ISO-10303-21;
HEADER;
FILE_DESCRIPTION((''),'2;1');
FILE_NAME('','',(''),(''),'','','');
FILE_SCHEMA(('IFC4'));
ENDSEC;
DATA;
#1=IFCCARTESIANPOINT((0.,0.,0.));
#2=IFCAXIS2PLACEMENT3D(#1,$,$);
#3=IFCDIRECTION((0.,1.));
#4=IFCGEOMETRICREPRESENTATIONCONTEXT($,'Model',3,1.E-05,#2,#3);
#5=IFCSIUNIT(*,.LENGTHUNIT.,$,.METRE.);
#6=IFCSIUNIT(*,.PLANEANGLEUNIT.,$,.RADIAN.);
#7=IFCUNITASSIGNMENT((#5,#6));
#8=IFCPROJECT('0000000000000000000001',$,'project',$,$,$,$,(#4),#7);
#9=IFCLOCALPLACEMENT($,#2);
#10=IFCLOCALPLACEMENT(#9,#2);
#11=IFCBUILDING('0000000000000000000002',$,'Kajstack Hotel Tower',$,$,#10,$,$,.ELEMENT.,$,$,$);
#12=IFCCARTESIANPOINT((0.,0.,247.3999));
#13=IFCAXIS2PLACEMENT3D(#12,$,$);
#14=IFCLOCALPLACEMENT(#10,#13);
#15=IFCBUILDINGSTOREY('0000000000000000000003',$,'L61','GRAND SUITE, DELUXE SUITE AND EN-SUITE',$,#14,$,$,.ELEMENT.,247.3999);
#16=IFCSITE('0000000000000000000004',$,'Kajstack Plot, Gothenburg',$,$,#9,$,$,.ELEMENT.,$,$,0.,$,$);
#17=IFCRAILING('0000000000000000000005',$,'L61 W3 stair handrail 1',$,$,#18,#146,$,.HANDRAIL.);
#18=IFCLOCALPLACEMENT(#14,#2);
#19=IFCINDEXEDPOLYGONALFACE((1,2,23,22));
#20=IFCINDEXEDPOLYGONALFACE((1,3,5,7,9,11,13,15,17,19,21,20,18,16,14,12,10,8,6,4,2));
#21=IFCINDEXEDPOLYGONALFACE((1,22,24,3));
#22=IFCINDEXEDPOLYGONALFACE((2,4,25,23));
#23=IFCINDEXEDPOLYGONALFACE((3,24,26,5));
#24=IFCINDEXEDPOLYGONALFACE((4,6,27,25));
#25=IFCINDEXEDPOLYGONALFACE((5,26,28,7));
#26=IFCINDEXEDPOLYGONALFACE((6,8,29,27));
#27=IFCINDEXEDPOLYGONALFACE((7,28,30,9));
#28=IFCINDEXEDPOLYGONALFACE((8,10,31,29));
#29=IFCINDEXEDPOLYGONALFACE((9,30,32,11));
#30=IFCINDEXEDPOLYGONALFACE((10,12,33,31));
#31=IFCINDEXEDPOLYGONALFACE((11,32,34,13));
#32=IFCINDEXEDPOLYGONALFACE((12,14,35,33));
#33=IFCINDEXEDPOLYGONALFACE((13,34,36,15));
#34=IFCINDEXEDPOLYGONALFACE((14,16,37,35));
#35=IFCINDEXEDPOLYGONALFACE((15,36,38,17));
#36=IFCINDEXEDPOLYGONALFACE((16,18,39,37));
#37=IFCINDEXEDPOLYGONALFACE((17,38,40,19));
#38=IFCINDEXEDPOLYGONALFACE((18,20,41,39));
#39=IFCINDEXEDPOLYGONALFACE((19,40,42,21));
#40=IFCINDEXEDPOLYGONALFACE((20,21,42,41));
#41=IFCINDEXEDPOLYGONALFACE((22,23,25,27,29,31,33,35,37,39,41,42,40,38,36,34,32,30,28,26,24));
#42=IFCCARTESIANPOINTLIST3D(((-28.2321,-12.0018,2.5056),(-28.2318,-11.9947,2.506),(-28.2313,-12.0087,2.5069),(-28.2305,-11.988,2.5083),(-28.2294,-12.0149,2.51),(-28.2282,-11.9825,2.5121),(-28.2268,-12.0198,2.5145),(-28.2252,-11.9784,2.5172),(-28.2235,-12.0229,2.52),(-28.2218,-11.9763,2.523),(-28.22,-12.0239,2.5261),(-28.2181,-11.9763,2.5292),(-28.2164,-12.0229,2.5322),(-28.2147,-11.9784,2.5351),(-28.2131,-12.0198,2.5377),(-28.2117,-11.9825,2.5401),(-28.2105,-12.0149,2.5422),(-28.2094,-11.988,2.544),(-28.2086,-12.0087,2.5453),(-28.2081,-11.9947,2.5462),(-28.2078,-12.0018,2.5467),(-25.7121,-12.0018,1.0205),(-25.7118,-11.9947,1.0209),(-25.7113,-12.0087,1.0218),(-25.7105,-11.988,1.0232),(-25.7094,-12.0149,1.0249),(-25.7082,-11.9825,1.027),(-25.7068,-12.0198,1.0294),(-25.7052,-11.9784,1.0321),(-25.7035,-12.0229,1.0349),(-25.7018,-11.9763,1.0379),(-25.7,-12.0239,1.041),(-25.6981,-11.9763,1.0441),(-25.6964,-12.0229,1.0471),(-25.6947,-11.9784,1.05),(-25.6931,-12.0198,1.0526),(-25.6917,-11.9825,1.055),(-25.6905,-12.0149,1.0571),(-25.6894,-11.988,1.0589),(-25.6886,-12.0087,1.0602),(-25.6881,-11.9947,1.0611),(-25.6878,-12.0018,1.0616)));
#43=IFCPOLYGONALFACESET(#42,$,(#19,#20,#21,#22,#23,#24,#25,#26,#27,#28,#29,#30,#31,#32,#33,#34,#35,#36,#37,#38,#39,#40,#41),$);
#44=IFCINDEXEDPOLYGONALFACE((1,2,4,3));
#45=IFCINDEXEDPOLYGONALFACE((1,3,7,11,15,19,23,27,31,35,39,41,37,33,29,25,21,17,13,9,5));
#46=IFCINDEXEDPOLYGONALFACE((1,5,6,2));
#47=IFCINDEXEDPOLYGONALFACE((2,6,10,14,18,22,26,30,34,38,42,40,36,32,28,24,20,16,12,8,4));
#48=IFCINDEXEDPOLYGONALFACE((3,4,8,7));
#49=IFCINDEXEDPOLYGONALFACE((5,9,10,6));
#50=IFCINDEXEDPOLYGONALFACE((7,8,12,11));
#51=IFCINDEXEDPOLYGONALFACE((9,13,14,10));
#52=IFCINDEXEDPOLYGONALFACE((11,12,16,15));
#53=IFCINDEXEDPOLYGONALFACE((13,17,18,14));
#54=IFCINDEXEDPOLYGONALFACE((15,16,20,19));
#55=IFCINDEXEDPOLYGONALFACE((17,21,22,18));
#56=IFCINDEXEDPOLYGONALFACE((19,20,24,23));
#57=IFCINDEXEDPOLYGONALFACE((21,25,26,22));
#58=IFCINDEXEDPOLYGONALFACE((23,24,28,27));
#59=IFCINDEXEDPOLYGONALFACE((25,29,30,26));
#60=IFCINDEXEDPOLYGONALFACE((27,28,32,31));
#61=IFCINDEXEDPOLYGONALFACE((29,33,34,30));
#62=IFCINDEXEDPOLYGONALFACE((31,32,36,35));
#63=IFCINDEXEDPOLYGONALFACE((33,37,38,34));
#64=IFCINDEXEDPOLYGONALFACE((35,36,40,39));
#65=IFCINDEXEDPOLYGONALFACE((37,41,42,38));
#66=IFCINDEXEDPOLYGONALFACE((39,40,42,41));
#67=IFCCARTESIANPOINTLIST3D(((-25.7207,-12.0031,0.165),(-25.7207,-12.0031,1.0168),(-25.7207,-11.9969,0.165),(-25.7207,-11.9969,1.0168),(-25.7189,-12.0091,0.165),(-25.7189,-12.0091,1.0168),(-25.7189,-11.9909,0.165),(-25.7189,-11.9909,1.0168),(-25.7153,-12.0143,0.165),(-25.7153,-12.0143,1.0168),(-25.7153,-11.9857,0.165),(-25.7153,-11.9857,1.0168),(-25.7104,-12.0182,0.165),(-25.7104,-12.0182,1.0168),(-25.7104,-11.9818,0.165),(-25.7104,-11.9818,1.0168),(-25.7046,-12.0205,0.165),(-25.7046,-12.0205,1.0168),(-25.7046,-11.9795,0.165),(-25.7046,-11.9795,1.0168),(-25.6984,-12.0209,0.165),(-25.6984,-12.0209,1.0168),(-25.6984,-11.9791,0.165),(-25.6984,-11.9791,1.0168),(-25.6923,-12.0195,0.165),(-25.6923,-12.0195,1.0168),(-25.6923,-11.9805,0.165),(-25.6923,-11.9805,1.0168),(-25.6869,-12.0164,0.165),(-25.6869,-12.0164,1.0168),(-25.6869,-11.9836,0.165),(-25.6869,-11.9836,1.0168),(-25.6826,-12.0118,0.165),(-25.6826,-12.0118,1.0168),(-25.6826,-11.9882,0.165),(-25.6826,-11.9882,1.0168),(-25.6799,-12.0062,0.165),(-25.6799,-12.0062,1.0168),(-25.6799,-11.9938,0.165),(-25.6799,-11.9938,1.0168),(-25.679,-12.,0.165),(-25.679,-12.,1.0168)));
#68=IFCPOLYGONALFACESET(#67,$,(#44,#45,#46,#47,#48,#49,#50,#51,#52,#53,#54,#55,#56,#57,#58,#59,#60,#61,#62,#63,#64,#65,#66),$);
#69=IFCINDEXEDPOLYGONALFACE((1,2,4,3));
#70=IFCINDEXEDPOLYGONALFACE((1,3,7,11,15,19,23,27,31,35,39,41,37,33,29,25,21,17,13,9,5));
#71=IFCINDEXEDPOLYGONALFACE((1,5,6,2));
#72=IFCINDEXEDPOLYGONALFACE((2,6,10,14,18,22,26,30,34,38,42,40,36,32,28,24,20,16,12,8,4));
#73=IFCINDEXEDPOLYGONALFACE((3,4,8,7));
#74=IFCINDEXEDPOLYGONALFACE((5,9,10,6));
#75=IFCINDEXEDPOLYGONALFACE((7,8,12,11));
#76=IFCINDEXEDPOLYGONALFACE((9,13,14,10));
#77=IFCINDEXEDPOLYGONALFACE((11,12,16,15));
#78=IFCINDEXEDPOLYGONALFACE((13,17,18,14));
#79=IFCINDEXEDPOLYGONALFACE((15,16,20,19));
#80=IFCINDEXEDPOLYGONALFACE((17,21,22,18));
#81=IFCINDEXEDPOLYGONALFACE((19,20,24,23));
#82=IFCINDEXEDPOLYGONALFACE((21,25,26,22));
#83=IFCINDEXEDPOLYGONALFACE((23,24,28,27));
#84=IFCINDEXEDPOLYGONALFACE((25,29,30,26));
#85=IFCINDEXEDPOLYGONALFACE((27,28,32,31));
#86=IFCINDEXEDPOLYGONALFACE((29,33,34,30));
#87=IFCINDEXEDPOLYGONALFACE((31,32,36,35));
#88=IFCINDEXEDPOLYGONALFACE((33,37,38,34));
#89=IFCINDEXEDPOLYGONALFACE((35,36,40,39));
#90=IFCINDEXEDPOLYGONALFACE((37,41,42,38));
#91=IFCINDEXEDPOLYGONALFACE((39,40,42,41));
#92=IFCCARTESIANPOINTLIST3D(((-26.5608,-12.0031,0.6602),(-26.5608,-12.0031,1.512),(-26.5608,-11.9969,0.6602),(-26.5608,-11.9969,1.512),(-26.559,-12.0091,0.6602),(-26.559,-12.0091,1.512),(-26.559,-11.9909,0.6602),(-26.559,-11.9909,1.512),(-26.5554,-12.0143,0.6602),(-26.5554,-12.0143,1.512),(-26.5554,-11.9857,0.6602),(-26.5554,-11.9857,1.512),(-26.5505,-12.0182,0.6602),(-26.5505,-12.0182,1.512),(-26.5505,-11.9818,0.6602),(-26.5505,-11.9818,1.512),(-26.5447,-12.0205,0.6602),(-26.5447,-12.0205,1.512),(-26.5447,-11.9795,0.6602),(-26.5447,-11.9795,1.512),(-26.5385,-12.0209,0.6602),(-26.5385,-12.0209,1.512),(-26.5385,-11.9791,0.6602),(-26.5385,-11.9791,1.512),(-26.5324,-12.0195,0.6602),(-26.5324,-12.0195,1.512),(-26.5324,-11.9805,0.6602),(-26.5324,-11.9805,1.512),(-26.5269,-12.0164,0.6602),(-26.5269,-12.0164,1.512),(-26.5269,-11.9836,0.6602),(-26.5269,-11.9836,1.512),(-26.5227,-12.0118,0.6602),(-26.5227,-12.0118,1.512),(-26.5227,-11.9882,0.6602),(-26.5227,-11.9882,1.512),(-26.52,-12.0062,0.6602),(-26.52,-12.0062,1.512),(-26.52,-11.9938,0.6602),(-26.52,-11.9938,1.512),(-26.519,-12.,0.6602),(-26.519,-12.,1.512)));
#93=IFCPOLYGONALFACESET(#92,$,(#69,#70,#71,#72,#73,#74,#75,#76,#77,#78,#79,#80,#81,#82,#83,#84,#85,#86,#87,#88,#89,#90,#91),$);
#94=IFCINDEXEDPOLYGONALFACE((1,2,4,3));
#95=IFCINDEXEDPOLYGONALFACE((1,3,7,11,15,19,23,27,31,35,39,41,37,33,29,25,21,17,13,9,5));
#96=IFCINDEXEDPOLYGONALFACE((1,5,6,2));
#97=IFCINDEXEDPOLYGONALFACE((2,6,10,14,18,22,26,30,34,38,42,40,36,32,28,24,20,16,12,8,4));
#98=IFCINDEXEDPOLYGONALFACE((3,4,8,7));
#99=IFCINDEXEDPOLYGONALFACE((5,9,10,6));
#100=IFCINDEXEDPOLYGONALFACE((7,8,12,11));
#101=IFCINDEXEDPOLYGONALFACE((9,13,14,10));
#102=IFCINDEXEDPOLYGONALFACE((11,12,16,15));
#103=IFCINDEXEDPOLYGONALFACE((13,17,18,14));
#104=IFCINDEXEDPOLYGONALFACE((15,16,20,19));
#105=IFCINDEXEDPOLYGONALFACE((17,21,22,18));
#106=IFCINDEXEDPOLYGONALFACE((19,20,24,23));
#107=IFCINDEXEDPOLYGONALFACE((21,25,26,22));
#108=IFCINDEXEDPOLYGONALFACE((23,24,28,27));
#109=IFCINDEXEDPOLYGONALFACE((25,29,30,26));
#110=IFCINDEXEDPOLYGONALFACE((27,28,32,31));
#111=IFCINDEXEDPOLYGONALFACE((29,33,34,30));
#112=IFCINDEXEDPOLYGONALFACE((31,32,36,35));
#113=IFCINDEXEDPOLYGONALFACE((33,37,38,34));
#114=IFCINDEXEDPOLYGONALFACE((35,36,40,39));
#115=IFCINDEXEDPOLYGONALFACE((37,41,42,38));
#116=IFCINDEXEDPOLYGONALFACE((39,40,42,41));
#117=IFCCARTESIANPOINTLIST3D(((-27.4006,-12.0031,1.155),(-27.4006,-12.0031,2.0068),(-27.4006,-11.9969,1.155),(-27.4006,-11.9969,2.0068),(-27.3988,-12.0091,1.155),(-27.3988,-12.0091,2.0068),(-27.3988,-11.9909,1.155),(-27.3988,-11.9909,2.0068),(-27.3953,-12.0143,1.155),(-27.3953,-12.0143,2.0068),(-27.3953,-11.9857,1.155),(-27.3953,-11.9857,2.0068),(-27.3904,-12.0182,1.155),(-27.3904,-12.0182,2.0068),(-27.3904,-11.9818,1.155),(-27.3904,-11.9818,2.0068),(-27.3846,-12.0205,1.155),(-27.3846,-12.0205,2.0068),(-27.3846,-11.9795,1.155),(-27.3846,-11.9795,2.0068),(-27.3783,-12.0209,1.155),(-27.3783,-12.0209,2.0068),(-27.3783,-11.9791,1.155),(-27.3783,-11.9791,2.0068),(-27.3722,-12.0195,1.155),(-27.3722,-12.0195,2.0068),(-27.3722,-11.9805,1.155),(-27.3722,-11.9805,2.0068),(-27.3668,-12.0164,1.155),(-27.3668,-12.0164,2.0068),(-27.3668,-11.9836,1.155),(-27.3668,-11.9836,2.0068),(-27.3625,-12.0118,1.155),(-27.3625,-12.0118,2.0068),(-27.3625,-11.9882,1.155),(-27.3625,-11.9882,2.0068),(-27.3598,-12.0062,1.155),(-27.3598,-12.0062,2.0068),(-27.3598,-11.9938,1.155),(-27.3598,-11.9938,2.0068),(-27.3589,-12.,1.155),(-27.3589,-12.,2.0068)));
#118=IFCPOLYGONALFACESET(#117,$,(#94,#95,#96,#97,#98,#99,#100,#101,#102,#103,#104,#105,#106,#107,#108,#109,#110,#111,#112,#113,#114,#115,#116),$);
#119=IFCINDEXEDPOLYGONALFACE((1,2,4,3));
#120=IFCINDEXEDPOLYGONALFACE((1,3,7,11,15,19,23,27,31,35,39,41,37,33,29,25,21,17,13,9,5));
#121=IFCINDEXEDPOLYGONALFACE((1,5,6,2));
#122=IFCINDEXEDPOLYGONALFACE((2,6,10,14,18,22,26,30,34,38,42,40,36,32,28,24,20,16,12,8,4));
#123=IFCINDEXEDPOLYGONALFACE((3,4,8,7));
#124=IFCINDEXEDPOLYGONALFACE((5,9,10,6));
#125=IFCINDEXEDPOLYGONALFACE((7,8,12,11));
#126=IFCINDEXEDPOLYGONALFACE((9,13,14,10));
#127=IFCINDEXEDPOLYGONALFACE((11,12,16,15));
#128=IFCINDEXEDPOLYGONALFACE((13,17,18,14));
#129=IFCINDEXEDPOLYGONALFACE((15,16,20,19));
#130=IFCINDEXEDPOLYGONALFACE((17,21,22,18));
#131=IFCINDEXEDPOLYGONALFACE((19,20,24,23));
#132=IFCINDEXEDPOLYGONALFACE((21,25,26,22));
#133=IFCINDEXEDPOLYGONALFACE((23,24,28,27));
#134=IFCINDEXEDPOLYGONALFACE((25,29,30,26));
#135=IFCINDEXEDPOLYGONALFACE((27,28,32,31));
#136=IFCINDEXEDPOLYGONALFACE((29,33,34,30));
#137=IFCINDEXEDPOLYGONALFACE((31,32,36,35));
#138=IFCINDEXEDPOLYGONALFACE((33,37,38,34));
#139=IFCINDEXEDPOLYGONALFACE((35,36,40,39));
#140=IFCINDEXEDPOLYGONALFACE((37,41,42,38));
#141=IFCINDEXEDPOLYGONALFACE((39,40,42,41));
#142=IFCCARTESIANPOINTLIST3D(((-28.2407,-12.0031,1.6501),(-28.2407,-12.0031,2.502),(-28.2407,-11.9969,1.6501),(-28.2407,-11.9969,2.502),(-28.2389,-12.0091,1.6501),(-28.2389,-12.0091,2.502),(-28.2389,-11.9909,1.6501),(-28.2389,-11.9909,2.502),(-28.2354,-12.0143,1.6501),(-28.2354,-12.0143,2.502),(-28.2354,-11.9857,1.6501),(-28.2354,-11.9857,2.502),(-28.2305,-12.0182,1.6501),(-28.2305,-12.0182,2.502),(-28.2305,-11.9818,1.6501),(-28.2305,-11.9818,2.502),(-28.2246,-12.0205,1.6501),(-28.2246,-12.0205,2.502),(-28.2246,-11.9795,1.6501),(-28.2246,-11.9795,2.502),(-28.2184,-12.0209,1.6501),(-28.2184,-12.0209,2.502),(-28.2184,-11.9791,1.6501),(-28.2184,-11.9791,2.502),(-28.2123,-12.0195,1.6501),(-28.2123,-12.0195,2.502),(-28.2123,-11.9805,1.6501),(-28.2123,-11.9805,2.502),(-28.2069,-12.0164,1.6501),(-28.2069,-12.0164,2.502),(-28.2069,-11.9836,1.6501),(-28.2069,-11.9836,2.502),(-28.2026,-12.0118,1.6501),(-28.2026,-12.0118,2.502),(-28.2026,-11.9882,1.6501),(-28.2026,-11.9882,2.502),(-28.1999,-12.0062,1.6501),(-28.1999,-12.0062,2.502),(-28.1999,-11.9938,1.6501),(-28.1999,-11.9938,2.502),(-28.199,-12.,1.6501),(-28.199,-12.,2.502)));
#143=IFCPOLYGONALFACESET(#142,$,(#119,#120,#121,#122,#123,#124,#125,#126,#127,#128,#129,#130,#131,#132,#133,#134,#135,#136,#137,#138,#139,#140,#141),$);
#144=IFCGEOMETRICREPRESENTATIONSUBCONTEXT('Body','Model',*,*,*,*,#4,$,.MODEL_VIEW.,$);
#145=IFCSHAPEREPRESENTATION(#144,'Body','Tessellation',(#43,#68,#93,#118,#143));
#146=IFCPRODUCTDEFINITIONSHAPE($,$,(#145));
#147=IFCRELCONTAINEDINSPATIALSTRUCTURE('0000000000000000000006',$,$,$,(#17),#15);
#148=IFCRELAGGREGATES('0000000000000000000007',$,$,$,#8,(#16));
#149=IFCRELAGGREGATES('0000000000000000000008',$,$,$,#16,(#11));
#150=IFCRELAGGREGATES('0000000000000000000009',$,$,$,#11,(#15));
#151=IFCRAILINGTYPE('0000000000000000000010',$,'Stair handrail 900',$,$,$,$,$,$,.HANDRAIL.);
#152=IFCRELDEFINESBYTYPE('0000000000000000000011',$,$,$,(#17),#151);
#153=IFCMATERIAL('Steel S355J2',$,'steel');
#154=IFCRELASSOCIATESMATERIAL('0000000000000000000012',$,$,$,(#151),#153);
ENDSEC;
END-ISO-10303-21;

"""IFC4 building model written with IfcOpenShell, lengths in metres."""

from ifc_helpers import new_model, si_unit, direction, frame, origin, origin_2d, place, context, subcontext, project, spatial, circle, extrude, material, type_object, element, save


model = new_model("IFC4")

# Units and contexts
model_context = context("Model", 3, precision=1e-05, world=origin(), true_north=direction((0.0, 1.0)))
body_context = subcontext(model_context, "Body", "Model", "MODEL_VIEW")
ifc_project = project(units=[si_unit("LENGTHUNIT", "METRE"), si_unit("PLANEANGLEUNIT", "RADIAN")], contexts=[model_context])

# Site, building, storey
site_placement = place(None, origin())
site = spatial("IfcSite", under=ifc_project, at=site_placement, Name="Kajstack Plot, Gothenburg", CompositionType="ELEMENT", RefElevation=0.0)
building_placement = place(site_placement, origin())
building = spatial("IfcBuilding", under=site, at=building_placement, Name="Kajstack Hotel Tower", CompositionType="ELEMENT")
storey_placement = place(building_placement, frame((0.0, 0.0, 247.3999)))
storey = spatial("IfcBuildingStorey", under=building, at=storey_placement, Name="L61", Description="GRAND SUITE, DELUXE SUITE AND EN-SUITE", CompositionType="ELEMENT", Elevation=247.3999)

# Railing
ifc_material_1 = material(Name="Steel S355J2", Category="steel")
railing_type_1 = type_object("IfcRailingType", Name="Stair handrail 900", PredefinedType="HANDRAIL", material=ifc_material_1)
railing_1_placement = place(storey_placement, frame((-25.7, -12.0, 0.165)))
element("IfcRailing", 1, at=railing_1_placement, inside=storey, type_object=railing_type_1, Name="L61 W3 stair handrail 1", PredefinedType="HANDRAIL", context=body_context, shape_type="SweptSolid", body=[
    extrude(circle(Radius=0.0239, at=origin_2d()), frame((0.0, 0.0, 0.876), z_axis=(-0.861524, 0.0, 0.507717), x_axis=(0.0, -1.0, 0.0)), (0.0, 0.0, 1.0), 2.925),
    extrude(circle(Radius=0.021, at=origin_2d()), origin(), (0.0, 0.0, 1.0), 0.8518),
    extrude(circle(Radius=0.021, at=origin_2d()), frame((-0.8401, 0.0, 0.4951)), (0.0, 0.0, 1.0), 0.8518),
    extrude(circle(Radius=0.021, at=origin_2d()), frame((-1.6799, 0.0, 0.99)), (0.0, 0.0, 1.0), 0.8518),
    extrude(circle(Radius=0.021, at=origin_2d()), frame((-2.52, 0.0, 1.4851)), (0.0, 0.0, 1.0), 0.8518),
])

save(model, "model.ifc")
